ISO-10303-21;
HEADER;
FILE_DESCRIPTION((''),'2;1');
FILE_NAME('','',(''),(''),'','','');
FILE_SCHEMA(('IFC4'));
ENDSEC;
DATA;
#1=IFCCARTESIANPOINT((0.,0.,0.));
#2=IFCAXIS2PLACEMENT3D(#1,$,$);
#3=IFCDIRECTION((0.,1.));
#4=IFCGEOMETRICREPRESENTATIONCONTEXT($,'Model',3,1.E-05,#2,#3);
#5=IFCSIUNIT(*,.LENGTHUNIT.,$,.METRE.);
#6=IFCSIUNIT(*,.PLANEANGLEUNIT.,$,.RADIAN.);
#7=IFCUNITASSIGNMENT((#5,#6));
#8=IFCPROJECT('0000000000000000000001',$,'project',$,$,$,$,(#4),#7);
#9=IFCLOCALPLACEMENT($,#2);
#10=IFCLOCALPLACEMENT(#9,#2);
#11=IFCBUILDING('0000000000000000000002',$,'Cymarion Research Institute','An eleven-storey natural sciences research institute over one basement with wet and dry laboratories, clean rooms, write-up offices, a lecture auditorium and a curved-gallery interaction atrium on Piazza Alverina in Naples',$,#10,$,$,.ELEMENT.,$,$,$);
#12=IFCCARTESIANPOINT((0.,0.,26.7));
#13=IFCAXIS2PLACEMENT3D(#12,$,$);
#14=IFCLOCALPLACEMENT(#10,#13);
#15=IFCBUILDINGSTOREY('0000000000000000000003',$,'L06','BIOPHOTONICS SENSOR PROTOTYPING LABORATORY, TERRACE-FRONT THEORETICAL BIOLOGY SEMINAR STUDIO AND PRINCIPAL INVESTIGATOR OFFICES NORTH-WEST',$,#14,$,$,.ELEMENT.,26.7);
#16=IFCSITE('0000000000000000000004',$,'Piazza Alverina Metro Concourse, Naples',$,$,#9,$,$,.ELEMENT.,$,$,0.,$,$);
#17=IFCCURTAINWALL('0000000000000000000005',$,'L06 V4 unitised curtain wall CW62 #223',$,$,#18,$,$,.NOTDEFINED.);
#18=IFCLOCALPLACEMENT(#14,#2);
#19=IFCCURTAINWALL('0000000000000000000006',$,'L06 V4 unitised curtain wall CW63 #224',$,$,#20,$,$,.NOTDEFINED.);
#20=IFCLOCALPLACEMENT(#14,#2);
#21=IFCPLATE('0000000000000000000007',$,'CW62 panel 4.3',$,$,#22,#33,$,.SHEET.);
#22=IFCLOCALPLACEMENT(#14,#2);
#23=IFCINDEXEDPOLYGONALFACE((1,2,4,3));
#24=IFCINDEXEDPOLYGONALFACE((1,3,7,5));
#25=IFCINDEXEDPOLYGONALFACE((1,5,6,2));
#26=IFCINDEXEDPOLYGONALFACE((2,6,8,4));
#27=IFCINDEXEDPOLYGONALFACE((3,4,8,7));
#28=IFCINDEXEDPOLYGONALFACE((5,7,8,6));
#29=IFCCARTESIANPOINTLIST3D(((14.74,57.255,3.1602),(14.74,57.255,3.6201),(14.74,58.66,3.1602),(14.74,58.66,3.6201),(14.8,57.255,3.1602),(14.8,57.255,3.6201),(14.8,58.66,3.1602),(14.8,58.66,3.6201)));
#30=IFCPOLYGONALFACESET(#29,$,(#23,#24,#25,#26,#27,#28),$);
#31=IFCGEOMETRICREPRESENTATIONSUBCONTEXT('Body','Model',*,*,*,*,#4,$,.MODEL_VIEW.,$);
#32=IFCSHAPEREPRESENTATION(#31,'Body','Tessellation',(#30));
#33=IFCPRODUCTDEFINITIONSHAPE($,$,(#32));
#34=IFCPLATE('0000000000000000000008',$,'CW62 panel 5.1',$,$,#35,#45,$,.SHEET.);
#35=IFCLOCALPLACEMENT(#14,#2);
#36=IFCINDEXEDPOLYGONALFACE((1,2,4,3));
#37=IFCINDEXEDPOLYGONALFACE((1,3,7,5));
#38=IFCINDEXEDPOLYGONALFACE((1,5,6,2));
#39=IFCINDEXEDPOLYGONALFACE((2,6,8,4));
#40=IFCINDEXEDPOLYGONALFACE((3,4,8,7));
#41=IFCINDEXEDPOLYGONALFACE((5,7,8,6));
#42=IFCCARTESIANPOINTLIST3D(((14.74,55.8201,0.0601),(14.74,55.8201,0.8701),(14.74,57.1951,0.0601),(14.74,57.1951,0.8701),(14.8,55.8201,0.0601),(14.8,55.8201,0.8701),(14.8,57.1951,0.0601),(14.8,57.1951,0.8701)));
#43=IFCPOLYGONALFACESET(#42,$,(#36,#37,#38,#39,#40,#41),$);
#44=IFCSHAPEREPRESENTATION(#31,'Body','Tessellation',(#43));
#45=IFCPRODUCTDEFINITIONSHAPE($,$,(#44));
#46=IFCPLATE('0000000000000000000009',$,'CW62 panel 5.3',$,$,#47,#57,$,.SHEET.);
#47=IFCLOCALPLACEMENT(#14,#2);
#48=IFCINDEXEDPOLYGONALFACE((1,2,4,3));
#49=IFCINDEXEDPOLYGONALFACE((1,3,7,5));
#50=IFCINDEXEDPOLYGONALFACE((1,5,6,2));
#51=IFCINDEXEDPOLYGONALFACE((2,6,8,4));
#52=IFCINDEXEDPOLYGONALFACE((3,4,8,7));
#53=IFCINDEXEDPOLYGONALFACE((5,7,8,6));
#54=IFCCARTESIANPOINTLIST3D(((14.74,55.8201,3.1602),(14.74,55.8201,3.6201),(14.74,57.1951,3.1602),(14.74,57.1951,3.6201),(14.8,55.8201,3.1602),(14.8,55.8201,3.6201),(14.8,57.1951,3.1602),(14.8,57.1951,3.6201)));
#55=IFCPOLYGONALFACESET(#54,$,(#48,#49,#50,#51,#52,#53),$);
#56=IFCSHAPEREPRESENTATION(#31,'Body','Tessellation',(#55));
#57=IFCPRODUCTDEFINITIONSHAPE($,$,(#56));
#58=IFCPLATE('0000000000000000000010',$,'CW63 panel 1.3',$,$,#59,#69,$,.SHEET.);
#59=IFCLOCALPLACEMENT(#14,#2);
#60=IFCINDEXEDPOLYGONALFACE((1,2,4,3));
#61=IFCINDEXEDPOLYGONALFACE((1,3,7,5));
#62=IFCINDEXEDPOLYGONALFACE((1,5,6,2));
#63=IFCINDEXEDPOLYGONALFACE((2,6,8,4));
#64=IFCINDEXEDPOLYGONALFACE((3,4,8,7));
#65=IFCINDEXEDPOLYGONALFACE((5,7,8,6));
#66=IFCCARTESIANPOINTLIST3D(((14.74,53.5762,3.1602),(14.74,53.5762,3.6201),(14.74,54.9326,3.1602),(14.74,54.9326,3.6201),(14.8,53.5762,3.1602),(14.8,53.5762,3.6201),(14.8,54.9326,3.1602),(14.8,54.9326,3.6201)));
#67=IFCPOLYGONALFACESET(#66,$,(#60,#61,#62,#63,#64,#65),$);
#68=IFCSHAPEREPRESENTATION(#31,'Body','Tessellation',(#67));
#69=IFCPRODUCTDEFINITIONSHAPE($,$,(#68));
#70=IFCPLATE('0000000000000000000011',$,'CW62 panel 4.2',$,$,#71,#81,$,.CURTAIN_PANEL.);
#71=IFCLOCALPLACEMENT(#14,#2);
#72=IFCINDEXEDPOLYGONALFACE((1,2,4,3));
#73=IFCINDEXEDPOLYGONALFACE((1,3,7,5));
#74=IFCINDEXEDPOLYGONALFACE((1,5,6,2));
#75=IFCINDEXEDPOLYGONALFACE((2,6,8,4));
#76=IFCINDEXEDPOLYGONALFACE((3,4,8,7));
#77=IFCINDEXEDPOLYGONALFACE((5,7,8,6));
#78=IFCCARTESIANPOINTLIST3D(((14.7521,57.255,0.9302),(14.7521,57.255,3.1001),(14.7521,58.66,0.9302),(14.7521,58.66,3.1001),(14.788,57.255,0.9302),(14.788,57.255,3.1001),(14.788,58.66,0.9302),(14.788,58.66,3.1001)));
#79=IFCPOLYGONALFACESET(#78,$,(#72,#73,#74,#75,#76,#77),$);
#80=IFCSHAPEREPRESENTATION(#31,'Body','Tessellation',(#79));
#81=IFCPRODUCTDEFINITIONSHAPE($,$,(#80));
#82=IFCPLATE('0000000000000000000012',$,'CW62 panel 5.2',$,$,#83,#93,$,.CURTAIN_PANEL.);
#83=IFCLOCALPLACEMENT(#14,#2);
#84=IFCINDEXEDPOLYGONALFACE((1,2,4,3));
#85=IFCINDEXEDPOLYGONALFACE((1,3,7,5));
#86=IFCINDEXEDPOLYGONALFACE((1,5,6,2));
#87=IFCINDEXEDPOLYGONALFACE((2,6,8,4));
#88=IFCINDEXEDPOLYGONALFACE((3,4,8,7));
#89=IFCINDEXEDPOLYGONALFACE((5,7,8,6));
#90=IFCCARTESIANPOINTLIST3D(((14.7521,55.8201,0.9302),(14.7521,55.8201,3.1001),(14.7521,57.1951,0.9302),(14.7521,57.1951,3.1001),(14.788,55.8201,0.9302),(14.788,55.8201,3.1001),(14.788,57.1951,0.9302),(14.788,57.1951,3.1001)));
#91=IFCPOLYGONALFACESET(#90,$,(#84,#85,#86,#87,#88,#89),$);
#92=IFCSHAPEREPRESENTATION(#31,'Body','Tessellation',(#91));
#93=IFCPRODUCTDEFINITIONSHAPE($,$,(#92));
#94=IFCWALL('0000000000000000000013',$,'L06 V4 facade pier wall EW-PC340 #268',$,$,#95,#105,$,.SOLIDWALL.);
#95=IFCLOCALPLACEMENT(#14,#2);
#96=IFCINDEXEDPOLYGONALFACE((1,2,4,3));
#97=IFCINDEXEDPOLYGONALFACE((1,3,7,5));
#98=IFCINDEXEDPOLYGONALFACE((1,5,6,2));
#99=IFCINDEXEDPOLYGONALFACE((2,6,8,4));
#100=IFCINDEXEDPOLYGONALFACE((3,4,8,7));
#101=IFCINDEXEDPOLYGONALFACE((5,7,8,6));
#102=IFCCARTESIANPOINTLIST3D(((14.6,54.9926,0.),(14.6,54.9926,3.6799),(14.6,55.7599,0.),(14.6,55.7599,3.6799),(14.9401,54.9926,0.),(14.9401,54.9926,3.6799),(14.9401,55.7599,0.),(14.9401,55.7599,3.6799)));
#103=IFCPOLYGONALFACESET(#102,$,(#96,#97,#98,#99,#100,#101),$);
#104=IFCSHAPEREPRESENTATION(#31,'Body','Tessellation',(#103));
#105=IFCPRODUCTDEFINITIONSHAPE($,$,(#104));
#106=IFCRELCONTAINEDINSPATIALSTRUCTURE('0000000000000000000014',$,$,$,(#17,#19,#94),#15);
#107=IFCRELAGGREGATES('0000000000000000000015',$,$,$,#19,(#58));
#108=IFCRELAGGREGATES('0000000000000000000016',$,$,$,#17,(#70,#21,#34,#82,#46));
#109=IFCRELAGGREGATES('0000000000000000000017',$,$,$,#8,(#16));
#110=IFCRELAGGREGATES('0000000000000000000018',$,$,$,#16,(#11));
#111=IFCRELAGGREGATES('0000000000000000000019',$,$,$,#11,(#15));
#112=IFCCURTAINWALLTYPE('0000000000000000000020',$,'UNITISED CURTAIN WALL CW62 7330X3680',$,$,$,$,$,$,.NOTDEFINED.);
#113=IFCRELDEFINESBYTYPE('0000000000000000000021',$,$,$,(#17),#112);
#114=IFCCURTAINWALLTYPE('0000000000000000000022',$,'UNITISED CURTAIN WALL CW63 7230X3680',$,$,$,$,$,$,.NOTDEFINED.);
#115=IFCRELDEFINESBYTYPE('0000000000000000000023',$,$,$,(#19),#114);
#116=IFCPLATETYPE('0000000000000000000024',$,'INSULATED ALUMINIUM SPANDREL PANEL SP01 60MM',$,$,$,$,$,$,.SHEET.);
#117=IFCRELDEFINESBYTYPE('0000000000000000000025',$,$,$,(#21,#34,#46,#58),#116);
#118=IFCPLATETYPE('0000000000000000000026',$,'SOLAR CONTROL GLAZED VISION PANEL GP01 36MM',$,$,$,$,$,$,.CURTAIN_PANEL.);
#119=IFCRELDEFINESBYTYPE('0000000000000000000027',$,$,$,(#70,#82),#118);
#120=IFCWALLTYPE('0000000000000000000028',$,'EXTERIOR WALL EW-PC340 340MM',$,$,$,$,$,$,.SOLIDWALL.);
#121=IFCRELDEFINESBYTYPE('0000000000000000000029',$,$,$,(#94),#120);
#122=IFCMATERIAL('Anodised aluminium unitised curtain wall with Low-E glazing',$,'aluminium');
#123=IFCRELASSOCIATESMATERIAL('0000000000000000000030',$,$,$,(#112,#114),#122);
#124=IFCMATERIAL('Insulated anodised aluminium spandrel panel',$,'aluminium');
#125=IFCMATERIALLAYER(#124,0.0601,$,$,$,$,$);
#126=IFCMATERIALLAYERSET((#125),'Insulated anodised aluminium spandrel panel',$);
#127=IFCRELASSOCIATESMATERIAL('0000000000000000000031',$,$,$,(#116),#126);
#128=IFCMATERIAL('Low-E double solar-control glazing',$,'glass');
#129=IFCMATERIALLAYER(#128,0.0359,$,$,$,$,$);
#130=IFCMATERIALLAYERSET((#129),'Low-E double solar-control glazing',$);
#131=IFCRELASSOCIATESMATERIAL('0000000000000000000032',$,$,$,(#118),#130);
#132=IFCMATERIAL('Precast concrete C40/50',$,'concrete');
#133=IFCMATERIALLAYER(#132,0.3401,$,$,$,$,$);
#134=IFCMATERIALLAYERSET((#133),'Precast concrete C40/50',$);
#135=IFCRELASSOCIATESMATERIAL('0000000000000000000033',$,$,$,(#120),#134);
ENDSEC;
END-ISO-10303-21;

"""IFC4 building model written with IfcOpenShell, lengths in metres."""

from ifc_helpers import new_model, si_unit, direction, frame, frame_2d, origin, origin_2d, place, context, subcontext, project, spatial, rectangle, extrude, material, layer, layer_set, type_object, element, aggregate, save


model = new_model("IFC4")

# Units and contexts
model_context = context("Model", 3, precision=1e-05, world=origin(), true_north=direction((0.0, 1.0)))
body_context = subcontext(model_context, "Body", "Model", "MODEL_VIEW")
ifc_project = project(units=[si_unit("LENGTHUNIT", "METRE"), si_unit("PLANEANGLEUNIT", "RADIAN")], contexts=[model_context])

# Site, building, storey
site_placement = place(None, origin())
site = spatial("IfcSite", under=ifc_project, at=site_placement, Name="Piazza Alverina Metro Concourse, Naples", CompositionType="ELEMENT", RefElevation=0.0)
building_placement = place(site_placement, origin())
building = spatial("IfcBuilding", under=site, at=building_placement, Name="Cymarion Research Institute", Description="An eleven-storey natural sciences research institute over one basement with wet and dry laboratories, clean rooms, write-up offices, a lecture auditorium and a curved-gallery interaction atrium on Piazza Alverina in Naples", CompositionType="ELEMENT")
storey_placement = place(building_placement, frame((0.0, 0.0, 26.7)))
storey = spatial("IfcBuildingStorey", under=building, at=storey_placement, Name="L06", Description="BIOPHOTONICS SENSOR PROTOTYPING LABORATORY, TERRACE-FRONT THEORETICAL BIOLOGY SEMINAR STUDIO AND PRINCIPAL INVESTIGATOR OFFICES NORTH-WEST", CompositionType="ELEMENT", Elevation=26.7)

# Curtain wall
ifc_material_1 = material(Name="Anodised aluminium unitised curtain wall with Low-E glazing", Category="aluminium")
curtain_wall_type_1 = type_object("IfcCurtainWallType", Name="UNITISED CURTAIN WALL CW62 7330X3680", PredefinedType="NOTDEFINED", material=ifc_material_1)
curtain_wall_1_placement = place(storey_placement, origin())
curtain_wall_1 = element("IfcCurtainWall", 1, at=curtain_wall_1_placement, inside=storey, type_object=curtain_wall_type_1, Name="L06 V4 unitised curtain wall CW62 #223", PredefinedType="NOTDEFINED")

# Curtain wall
curtain_wall_type_2 = type_object("IfcCurtainWallType", Name="UNITISED CURTAIN WALL CW63 7230X3680", PredefinedType="NOTDEFINED", material=ifc_material_1)
curtain_wall_2_placement = place(storey_placement, origin())
curtain_wall_2 = element("IfcCurtainWall", 2, at=curtain_wall_2_placement, inside=storey, type_object=curtain_wall_type_2, Name="L06 V4 unitised curtain wall CW63 #224", PredefinedType="NOTDEFINED")

# Plates
ifc_material_2 = material(Name="Insulated anodised aluminium spandrel panel", Category="aluminium")
ifc_layer_1 = layer(ifc_material_2, 0.0601)
ifc_layer_set_1 = layer_set([ifc_layer_1], Name="Insulated anodised aluminium spandrel panel")
plate_type_1 = type_object("IfcPlateType", Name="INSULATED ALUMINIUM SPANDREL PANEL SP01 60MM", PredefinedType="SHEET", material=ifc_layer_set_1)
plate_1_placement = place(storey_placement, frame((14.77, 57.9575, 3.1602), z_axis=(0.0, 0.0, 1.0), x_axis=(0.0, -1.0, 0.0)))
plate_1 = element("IfcPlate", 3, at=plate_1_placement, type_object=plate_type_1, Name="CW62 panel 4.3", PredefinedType="SHEET", context=body_context, shape_type="SweptSolid", body=[
    extrude(rectangle(XDim=1.405, YDim=0.0601, at=origin_2d()), origin(), (0.0, 0.0, 1.0), 0.46),
])
plate_2_placement = place(storey_placement, frame((14.77, 56.5076, 0.0601), z_axis=(0.0, 0.0, 1.0), x_axis=(0.0, -1.0, 0.0)))
plate_2 = element("IfcPlate", 4, at=plate_2_placement, type_object=plate_type_1, Name="CW62 panel 5.1", PredefinedType="SHEET", context=body_context, shape_type="SweptSolid", body=[
    extrude(rectangle(XDim=1.375, YDim=0.0601, at=origin_2d()), origin(), (0.0, 0.0, 1.0), 0.8101),
])
plate_3_placement = place(storey_placement, frame((14.77, 56.5076, 3.1602), z_axis=(0.0, 0.0, 1.0), x_axis=(0.0, -1.0, 0.0)))
plate_3 = element("IfcPlate", 5, at=plate_3_placement, type_object=plate_type_1, Name="CW62 panel 5.3", PredefinedType="SHEET", context=body_context, shape_type="SweptSolid", body=[
    extrude(rectangle(XDim=1.375, YDim=0.0601, at=origin_2d()), origin(), (0.0, 0.0, 1.0), 0.46),
])
plate_4_placement = place(storey_placement, frame((14.77, 54.2544, 3.1602), z_axis=(0.0, 0.0, 1.0), x_axis=(0.0, -1.0, 0.0)))
plate_4 = element("IfcPlate", 6, at=plate_4_placement, type_object=plate_type_1, Name="CW63 panel 1.3", PredefinedType="SHEET", context=body_context, shape_type="SweptSolid", body=[
    extrude(rectangle(XDim=1.3564, YDim=0.0601, at=origin_2d()), origin(), (0.0, 0.0, 1.0), 0.46),
])
aggregate(curtain_wall_2, [plate_4])
ifc_material_3 = material(Name="Low-E double solar-control glazing", Category="glass")
ifc_layer_2 = layer(ifc_material_3, 0.0359)
ifc_layer_set_2 = layer_set([ifc_layer_2], Name="Low-E double solar-control glazing")
plate_type_2 = type_object("IfcPlateType", Name="SOLAR CONTROL GLAZED VISION PANEL GP01 36MM", PredefinedType="CURTAIN_PANEL", material=ifc_layer_set_2)
plate_5_placement = place(storey_placement, frame((14.77, 57.9575, 0.9302), z_axis=(0.0, 0.0, 1.0), x_axis=(0.0, -1.0, 0.0)))
plate_5 = element("IfcPlate", 7, at=plate_5_placement, type_object=plate_type_2, Name="CW62 panel 4.2", PredefinedType="CURTAIN_PANEL", context=body_context, shape_type="SweptSolid", body=[
    extrude(rectangle(XDim=1.405, YDim=0.0359, at=origin_2d()), origin(), (0.0, 0.0, 1.0), 2.1699),
])
plate_6_placement = place(storey_placement, frame((14.77, 56.5076, 0.9302), z_axis=(0.0, 0.0, 1.0), x_axis=(0.0, -1.0, 0.0)))
plate_6 = element("IfcPlate", 8, at=plate_6_placement, type_object=plate_type_2, Name="CW62 panel 5.2", PredefinedType="CURTAIN_PANEL", context=body_context, shape_type="SweptSolid", body=[
    extrude(rectangle(XDim=1.375, YDim=0.0359, at=origin_2d()), origin(), (0.0, 0.0, 1.0), 2.1699),
])
aggregate(curtain_wall_1, [plate_5, plate_1, plate_2, plate_6, plate_3])

# Wall
ifc_material_4 = material(Name="Precast concrete C40/50", Category="concrete")
ifc_layer_3 = layer(ifc_material_4, 0.3401)
ifc_layer_set_3 = layer_set([ifc_layer_3], Name="Precast concrete C40/50")
wall_type = type_object("IfcWallType", Name="EXTERIOR WALL EW-PC340 340MM", PredefinedType="SOLIDWALL", material=ifc_layer_set_3)
wall_placement = place(storey_placement, frame((14.77, 55.76, 0.0), z_axis=(0.0, 0.0, 1.0), x_axis=(0.0, -1.0, 0.0)))
element("IfcWall", 9, at=wall_placement, inside=storey, type_object=wall_type, Name="L06 V4 facade pier wall EW-PC340 #268", PredefinedType="SOLIDWALL", context=body_context, shape_type="SweptSolid", body=[
    extrude(rectangle(XDim=0.7673, YDim=0.3401, at=frame_2d((0.3838, 0.0))), origin(), (0.0, 0.0, 1.0), 3.6799),
])

save(model, "model.ifc")
